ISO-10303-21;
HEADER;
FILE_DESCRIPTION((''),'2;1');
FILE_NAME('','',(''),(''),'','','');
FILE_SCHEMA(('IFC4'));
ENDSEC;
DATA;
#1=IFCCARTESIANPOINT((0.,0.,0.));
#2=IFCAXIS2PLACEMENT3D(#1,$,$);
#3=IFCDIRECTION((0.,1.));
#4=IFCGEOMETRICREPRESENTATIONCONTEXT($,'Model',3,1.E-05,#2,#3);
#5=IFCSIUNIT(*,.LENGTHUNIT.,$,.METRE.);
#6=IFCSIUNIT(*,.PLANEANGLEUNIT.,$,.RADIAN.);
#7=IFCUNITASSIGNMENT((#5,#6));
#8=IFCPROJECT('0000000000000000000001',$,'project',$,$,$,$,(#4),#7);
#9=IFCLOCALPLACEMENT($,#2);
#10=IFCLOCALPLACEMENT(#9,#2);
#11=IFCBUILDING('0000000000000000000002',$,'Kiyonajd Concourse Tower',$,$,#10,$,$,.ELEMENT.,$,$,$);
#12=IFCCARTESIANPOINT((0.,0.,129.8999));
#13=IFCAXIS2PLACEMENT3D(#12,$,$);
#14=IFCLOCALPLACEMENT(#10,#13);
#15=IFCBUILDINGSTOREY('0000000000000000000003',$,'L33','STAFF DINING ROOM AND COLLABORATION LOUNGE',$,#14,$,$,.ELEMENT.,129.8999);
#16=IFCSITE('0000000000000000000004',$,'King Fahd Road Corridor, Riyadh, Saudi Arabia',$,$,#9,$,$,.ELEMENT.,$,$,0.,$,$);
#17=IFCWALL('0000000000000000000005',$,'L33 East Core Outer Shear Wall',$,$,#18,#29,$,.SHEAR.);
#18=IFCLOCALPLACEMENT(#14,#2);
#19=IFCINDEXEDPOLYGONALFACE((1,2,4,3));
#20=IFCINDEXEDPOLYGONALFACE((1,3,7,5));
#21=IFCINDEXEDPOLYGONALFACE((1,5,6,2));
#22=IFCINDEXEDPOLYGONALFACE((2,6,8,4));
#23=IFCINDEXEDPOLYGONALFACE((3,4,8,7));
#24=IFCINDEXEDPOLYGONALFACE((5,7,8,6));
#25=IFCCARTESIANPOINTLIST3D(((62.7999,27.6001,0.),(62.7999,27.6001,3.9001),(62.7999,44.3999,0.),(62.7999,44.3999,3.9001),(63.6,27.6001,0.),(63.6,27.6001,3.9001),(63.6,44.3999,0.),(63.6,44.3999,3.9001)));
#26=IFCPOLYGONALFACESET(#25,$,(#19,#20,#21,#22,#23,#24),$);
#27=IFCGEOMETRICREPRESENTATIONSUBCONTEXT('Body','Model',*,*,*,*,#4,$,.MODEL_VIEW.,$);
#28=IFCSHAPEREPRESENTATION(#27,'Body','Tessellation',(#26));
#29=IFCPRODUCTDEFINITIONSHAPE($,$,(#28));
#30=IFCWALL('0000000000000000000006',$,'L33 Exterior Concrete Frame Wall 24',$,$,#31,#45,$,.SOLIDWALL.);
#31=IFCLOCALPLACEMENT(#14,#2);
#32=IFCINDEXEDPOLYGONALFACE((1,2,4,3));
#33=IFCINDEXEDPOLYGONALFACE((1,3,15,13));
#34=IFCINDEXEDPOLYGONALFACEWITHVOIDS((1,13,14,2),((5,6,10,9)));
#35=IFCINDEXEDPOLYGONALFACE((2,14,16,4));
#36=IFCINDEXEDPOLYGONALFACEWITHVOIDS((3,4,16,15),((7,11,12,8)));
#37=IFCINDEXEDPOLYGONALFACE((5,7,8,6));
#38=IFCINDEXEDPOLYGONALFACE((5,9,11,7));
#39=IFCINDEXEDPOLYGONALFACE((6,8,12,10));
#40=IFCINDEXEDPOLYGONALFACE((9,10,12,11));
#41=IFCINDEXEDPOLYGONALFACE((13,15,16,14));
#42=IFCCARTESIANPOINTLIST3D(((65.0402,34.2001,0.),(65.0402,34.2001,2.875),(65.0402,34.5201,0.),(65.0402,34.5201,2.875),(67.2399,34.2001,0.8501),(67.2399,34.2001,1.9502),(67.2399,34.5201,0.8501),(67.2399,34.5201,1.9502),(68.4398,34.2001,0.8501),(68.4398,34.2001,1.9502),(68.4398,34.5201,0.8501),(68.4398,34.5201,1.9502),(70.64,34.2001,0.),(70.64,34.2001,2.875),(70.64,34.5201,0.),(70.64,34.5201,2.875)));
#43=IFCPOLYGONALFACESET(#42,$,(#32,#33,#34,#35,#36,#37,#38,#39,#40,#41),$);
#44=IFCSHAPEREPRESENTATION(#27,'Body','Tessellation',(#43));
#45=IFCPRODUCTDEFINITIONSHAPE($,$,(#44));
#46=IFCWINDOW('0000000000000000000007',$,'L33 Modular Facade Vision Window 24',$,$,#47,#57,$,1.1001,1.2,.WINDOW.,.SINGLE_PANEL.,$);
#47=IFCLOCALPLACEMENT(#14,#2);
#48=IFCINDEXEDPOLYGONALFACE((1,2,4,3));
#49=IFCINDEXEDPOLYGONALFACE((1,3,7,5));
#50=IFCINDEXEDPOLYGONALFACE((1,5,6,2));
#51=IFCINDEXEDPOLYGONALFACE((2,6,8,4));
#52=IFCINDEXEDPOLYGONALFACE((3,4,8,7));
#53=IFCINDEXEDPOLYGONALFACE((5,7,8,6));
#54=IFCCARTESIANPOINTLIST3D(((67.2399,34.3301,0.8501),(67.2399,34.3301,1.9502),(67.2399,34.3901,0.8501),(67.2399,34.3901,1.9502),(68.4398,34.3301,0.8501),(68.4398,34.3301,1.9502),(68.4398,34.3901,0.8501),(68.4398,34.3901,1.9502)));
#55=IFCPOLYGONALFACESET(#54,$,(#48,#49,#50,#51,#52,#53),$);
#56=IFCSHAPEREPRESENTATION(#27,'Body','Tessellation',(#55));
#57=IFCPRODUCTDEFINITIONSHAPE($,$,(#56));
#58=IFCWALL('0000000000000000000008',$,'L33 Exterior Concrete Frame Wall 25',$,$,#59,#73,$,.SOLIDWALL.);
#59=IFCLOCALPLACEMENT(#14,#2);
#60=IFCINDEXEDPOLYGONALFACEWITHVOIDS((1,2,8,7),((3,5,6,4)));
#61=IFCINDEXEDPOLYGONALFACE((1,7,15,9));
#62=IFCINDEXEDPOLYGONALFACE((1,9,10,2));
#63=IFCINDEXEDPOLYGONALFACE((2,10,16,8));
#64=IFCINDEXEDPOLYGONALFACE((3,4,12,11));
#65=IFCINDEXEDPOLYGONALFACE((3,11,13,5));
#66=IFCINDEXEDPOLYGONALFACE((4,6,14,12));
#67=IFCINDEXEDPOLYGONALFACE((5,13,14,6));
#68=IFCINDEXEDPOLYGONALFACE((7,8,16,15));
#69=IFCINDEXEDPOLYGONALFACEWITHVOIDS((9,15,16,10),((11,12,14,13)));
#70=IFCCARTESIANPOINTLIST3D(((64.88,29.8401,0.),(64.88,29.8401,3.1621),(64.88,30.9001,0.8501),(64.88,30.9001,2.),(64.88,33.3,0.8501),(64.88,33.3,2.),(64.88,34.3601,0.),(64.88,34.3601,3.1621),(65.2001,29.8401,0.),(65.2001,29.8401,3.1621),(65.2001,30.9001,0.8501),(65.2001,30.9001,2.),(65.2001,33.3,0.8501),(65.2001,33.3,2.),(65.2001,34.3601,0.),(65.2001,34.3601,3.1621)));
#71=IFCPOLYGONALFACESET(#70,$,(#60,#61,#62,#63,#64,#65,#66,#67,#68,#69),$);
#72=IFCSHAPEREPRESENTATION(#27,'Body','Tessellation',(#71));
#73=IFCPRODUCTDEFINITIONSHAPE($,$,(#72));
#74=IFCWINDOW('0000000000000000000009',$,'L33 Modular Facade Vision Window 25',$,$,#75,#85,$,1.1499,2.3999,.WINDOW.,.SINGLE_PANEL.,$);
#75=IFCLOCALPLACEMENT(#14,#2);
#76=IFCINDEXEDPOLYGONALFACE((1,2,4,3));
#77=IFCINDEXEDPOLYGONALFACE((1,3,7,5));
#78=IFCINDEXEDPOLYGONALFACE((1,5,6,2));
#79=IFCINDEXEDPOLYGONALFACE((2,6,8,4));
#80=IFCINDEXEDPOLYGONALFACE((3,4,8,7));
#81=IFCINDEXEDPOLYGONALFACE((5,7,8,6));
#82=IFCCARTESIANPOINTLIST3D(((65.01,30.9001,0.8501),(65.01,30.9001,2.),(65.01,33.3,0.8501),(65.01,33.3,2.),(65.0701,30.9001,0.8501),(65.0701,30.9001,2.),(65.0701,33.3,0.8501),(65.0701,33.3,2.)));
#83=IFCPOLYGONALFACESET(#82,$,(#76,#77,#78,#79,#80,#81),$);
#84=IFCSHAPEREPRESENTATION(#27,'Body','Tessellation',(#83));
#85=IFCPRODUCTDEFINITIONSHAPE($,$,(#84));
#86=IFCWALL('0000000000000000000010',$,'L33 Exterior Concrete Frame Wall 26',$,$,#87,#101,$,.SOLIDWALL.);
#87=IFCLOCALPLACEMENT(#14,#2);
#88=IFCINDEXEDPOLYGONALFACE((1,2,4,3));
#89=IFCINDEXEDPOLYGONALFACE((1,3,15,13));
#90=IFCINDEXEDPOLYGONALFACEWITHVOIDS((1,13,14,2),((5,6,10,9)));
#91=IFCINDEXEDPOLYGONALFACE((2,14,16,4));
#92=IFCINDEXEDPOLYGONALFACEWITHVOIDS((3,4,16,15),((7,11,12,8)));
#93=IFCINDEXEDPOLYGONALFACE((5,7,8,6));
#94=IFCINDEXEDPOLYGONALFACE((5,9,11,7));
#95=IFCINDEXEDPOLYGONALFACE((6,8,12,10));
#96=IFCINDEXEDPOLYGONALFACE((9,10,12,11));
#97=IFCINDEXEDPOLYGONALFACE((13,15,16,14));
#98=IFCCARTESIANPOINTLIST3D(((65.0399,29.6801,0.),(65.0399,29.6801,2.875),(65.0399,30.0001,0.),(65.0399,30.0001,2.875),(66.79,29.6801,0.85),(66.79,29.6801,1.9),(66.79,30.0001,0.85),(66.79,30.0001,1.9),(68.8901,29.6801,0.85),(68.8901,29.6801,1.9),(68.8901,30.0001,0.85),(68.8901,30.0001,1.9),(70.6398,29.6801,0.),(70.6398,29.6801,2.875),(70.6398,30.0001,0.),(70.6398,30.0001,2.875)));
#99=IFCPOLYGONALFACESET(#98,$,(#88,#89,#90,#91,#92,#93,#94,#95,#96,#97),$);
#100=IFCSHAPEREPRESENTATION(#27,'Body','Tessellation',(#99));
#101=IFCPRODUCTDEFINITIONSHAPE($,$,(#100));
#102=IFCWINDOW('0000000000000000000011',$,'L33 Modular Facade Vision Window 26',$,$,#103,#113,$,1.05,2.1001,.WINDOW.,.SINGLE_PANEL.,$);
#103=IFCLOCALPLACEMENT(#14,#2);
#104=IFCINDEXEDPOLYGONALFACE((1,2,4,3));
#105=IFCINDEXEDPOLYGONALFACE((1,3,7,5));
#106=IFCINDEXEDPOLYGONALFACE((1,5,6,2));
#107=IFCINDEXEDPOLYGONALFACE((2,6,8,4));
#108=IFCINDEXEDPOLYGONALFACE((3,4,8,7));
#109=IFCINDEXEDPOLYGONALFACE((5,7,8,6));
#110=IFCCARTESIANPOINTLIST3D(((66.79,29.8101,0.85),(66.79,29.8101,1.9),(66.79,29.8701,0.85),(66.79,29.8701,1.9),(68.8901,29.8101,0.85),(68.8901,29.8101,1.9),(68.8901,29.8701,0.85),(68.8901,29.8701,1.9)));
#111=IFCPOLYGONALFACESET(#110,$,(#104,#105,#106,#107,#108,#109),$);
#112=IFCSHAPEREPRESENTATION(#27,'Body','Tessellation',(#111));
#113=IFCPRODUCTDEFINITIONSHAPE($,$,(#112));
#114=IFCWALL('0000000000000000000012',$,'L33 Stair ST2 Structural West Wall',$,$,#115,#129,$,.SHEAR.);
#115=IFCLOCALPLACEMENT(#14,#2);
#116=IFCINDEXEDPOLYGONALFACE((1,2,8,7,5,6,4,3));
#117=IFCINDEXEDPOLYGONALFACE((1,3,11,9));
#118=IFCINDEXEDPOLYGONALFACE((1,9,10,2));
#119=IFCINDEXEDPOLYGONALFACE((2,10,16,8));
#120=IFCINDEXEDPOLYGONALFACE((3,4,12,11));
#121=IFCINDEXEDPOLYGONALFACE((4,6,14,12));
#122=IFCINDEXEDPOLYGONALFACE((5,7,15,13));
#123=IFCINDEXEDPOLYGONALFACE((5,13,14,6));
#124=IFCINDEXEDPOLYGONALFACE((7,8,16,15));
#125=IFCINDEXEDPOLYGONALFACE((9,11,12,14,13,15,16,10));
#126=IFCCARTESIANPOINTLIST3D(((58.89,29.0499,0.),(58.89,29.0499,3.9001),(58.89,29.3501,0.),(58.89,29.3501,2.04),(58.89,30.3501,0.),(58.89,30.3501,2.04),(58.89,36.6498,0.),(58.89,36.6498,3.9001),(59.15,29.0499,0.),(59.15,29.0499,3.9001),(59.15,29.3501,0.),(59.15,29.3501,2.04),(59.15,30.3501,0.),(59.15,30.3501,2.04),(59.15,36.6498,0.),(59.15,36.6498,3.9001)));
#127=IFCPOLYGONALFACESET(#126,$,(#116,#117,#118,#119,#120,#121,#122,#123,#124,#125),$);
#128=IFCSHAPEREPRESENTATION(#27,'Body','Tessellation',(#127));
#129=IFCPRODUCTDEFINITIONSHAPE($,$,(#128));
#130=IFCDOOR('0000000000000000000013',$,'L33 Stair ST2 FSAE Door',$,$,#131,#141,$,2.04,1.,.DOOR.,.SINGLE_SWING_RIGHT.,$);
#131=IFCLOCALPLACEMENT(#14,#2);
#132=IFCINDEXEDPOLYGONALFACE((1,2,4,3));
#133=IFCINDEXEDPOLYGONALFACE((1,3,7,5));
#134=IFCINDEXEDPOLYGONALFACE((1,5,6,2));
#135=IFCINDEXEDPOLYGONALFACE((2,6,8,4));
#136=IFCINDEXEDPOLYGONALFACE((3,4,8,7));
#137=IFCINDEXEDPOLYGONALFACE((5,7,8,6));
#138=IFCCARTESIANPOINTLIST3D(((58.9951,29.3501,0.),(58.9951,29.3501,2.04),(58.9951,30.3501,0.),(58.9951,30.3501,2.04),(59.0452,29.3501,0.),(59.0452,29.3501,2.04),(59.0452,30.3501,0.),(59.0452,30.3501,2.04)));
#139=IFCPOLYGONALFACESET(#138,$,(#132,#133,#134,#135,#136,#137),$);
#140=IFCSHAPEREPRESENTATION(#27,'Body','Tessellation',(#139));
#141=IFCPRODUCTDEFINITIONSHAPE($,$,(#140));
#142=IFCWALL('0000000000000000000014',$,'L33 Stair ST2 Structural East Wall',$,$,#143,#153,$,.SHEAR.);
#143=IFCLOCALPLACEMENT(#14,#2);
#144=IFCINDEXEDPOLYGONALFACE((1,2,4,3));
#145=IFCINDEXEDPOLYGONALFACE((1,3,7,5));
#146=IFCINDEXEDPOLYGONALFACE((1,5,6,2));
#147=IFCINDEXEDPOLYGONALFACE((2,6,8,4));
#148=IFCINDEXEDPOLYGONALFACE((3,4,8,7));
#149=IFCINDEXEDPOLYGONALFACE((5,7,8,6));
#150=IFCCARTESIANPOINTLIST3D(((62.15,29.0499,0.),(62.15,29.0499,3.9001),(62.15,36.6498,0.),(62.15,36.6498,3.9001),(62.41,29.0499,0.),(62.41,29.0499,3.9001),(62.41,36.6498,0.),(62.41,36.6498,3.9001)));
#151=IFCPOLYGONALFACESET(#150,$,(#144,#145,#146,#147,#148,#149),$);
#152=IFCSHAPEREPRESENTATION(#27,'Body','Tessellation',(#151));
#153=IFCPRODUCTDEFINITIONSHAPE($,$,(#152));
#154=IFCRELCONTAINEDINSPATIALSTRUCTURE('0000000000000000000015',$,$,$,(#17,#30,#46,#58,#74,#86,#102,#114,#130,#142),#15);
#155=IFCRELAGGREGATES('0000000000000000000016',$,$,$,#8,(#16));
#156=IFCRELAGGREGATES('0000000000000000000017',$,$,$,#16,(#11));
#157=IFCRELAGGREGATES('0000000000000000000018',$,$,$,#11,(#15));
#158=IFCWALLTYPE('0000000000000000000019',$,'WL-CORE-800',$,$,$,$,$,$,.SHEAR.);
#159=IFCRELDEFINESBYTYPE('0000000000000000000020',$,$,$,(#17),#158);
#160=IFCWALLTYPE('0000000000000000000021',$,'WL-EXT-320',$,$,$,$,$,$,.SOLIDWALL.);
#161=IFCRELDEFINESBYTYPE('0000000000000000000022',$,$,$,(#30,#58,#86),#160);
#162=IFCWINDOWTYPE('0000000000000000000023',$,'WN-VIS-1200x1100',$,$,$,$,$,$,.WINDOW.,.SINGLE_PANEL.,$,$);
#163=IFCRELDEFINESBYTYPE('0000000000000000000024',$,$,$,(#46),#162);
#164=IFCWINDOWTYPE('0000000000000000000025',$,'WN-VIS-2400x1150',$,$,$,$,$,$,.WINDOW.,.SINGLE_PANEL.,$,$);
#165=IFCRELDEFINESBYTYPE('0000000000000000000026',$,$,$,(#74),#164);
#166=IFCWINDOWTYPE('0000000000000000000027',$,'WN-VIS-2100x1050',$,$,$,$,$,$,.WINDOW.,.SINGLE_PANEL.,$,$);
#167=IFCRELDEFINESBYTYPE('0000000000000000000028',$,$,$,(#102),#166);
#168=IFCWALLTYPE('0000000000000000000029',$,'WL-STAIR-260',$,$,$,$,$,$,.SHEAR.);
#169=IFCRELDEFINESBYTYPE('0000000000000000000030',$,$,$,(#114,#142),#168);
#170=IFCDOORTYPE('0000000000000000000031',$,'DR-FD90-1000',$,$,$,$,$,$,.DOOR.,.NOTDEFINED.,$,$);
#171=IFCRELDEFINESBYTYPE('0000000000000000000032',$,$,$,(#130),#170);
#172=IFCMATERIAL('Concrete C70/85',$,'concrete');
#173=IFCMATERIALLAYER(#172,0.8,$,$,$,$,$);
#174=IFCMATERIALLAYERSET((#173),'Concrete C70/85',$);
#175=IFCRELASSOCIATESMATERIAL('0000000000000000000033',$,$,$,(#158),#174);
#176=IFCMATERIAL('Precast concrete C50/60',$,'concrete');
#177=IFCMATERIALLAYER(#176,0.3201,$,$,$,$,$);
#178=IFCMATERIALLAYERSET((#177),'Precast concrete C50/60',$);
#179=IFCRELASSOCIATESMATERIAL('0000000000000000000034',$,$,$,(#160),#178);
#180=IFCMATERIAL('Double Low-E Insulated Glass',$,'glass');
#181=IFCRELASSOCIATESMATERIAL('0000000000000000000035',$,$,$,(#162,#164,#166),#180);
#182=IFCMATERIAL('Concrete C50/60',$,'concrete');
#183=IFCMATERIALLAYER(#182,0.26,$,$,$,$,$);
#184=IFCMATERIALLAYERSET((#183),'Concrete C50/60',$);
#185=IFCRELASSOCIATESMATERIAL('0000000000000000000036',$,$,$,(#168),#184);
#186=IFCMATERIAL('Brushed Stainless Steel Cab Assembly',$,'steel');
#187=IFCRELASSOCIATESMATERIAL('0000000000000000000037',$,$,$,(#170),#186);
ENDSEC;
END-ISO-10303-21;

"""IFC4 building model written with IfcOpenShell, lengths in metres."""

from ifc_helpers import new_model, si_unit, direction, frame, frame_2d, origin, place, context, subcontext, project, spatial, rectangle, extrude, material, layer, layer_set, type_object, element, fill, save


model = new_model("IFC4")

# Units and contexts
model_context = context("Model", 3, precision=1e-05, world=origin(), true_north=direction((0.0, 1.0)))
body_context = subcontext(model_context, "Body", "Model", "MODEL_VIEW")
ifc_project = project(units=[si_unit("LENGTHUNIT", "METRE"), si_unit("PLANEANGLEUNIT", "RADIAN")], contexts=[model_context])

# Site, building, storey
site_placement = place(None, origin())
site = spatial("IfcSite", under=ifc_project, at=site_placement, Name="King Fahd Road Corridor, Riyadh, Saudi Arabia", CompositionType="ELEMENT", RefElevation=0.0)
building_placement = place(site_placement, origin())
building = spatial("IfcBuilding", under=site, at=building_placement, Name="Kiyonajd Concourse Tower", CompositionType="ELEMENT")
storey_placement = place(building_placement, frame((0.0, 0.0, 129.8999)))
storey = spatial("IfcBuildingStorey", under=building, at=storey_placement, Name="L33", Description="STAFF DINING ROOM AND COLLABORATION LOUNGE", CompositionType="ELEMENT", Elevation=129.8999)

# Shared definitions
ifc_material_1 = material(Name="Concrete C70/85", Category="concrete")

# Shared definitions
ifc_material_2 = material(Name="Precast concrete C50/60", Category="concrete")

# Shared definitions
ifc_material_3 = material(Name="Double Low-E Insulated Glass", Category="glass")

# Wall
ifc_layer_1 = layer(ifc_material_1, 0.8)
ifc_layer_set_1 = layer_set([ifc_layer_1], Name="Concrete C70/85")
wall_type_1 = type_object("IfcWallType", Name="WL-CORE-800", PredefinedType="SHEAR", material=ifc_layer_set_1)
wall_1_placement = place(storey_placement, frame((63.2, 27.6001, 0.0), z_axis=(0.0, 0.0, 1.0), x_axis=(0.0, 1.0, 0.0)))
element("IfcWall", 1, at=wall_1_placement, inside=storey, type_object=wall_type_1, Name="L33 East Core Outer Shear Wall", PredefinedType="SHEAR", context=body_context, shape_type="SweptSolid", body=[
    extrude(rectangle(XDim=16.7998, YDim=0.8, at=frame_2d((8.3999, 0.0))), origin(), (0.0, 0.0, 1.0), 3.9001),
])

# Walls, openings, windows
ifc_layer_2 = layer(ifc_material_2, 0.3201)
ifc_layer_set_2 = layer_set([ifc_layer_2], Name="Precast concrete C50/60")
wall_type_2 = type_object("IfcWallType", Name="WL-EXT-320", PredefinedType="SOLIDWALL", material=ifc_layer_set_2)
wall_2_placement = place(storey_placement, frame((70.6399, 34.3601, 0.0), z_axis=(0.0, 0.0, 1.0), x_axis=(-1.0, 0.0, 0.0)))
wall_2 = element("IfcWall", 2, at=wall_2_placement, inside=storey, type_object=wall_type_2, Name="L33 Exterior Concrete Frame Wall 24", PredefinedType="SOLIDWALL", context=body_context, shape_type="SweptSolid", body=[
    extrude(rectangle(XDim=5.5999, YDim=0.3201, at=frame_2d((2.7998, 0.0))), origin(), (0.0, 0.0, 1.0), 2.875),
])
opening_1_placement = place(wall_2_placement, frame((2.2, 0.0, 0.8501)))
opening_1 = element("IfcOpeningElement", 3, at=opening_1_placement, cuts=wall_2, PredefinedType="OPENING", context=body_context, shape_type="SweptSolid", body=[
    extrude(rectangle(XDim=1.2, YDim=1.1001, at=frame_2d((0.6001, 0.55))), frame((0.0, 0.1699, 0.0), z_axis=(0.0, -1.0, 0.0), x_axis=(1.0, 0.0, 0.0)), (0.0, 0.0, 1.0), 0.3401),
])
window_type_1 = type_object("IfcWindowType", Name="WN-VIS-1200x1100", PartitioningType="SINGLE_PANEL", PredefinedType="WINDOW", material=ifc_material_3)
window_1_placement = place(opening_1_placement, origin())
window_1 = element("IfcWindow", 4, at=window_1_placement, inside=storey, type_object=window_type_1, Name="L33 Modular Facade Vision Window 24", OverallHeight=1.1001, OverallWidth=1.2, PartitioningType="SINGLE_PANEL", PredefinedType="WINDOW", context=body_context, shape_type="SweptSolid", body=[
    extrude(rectangle(XDim=1.2, YDim=1.1001, at=frame_2d((0.6001, 0.55))), frame((0.0, 0.03, 0.0), z_axis=(0.0, -1.0, 0.0), x_axis=(1.0, 0.0, 0.0)), (0.0, 0.0, 1.0), 0.0601),
])
fill(opening_1, window_1)
wall_3_placement = place(storey_placement, frame((65.04, 34.3601, 0.0), z_axis=(0.0, 0.0, 1.0), x_axis=(0.0, -1.0, 0.0)))
wall_3 = element("IfcWall", 5, at=wall_3_placement, inside=storey, type_object=wall_type_2, Name="L33 Exterior Concrete Frame Wall 25", PredefinedType="SOLIDWALL", context=body_context, shape_type="SweptSolid", body=[
    extrude(rectangle(XDim=4.52, YDim=0.3201, at=frame_2d((2.26, 0.0))), origin(), (0.0, 0.0, 1.0), 3.1621),
])
opening_2_placement = place(wall_3_placement, frame((1.0601, 0.0, 0.8501)))
opening_2 = element("IfcOpeningElement", 6, at=opening_2_placement, cuts=wall_3, PredefinedType="OPENING", context=body_context, shape_type="SweptSolid", body=[
    extrude(rectangle(XDim=2.3999, YDim=1.1499, at=frame_2d((1.2, 0.575))), frame((0.0, 0.1699, 0.0), z_axis=(0.0, -1.0, 0.0), x_axis=(1.0, 0.0, 0.0)), (0.0, 0.0, 1.0), 0.3401),
])
window_type_2 = type_object("IfcWindowType", Name="WN-VIS-2400x1150", PartitioningType="SINGLE_PANEL", PredefinedType="WINDOW", material=ifc_material_3)
window_2_placement = place(opening_2_placement, origin())
window_2 = element("IfcWindow", 7, at=window_2_placement, inside=storey, type_object=window_type_2, Name="L33 Modular Facade Vision Window 25", OverallHeight=1.1499, OverallWidth=2.3999, PartitioningType="SINGLE_PANEL", PredefinedType="WINDOW", context=body_context, shape_type="SweptSolid", body=[
    extrude(rectangle(XDim=2.3999, YDim=1.1499, at=frame_2d((1.2, 0.575))), frame((0.0, 0.03, 0.0), z_axis=(0.0, -1.0, 0.0), x_axis=(1.0, 0.0, 0.0)), (0.0, 0.0, 1.0), 0.0601),
])
fill(opening_2, window_2)
wall_4_placement = place(storey_placement, frame((65.04, 29.8401, 0.0), z_axis=(0.0, 0.0, 1.0), x_axis=(1.0, 0.0, 0.0)))
wall_4 = element("IfcWall", 8, at=wall_4_placement, inside=storey, type_object=wall_type_2, Name="L33 Exterior Concrete Frame Wall 26", PredefinedType="SOLIDWALL", context=body_context, shape_type="SweptSolid", body=[
    extrude(rectangle(XDim=5.5999, YDim=0.3201, at=frame_2d((2.7998, 0.0))), origin(), (0.0, 0.0, 1.0), 2.875),
])
opening_3_placement = place(wall_4_placement, frame((1.75, 0.0, 0.8501)))
opening_3 = element("IfcOpeningElement", 9, at=opening_3_placement, cuts=wall_4, PredefinedType="OPENING", context=body_context, shape_type="SweptSolid", body=[
    extrude(rectangle(XDim=2.1001, YDim=1.05, at=frame_2d((1.05, 0.5249))), frame((0.0, 0.1699, 0.0), z_axis=(0.0, -1.0, 0.0), x_axis=(1.0, 0.0, 0.0)), (0.0, 0.0, 1.0), 0.3401),
])
window_type_3 = type_object("IfcWindowType", Name="WN-VIS-2100x1050", PartitioningType="SINGLE_PANEL", PredefinedType="WINDOW", material=ifc_material_3)
window_3_placement = place(opening_3_placement, origin())
window_3 = element("IfcWindow", 10, at=window_3_placement, inside=storey, type_object=window_type_3, Name="L33 Modular Facade Vision Window 26", OverallHeight=1.05, OverallWidth=2.1001, PartitioningType="SINGLE_PANEL", PredefinedType="WINDOW", context=body_context, shape_type="SweptSolid", body=[
    extrude(rectangle(XDim=2.1001, YDim=1.05, at=frame_2d((1.05, 0.5249))), frame((0.0, 0.03, 0.0), z_axis=(0.0, -1.0, 0.0), x_axis=(1.0, 0.0, 0.0)), (0.0, 0.0, 1.0), 0.0601),
])
fill(opening_3, window_3)

# Wall, opening, door
ifc_material_4 = material(Name="Concrete C50/60", Category="concrete")
ifc_layer_3 = layer(ifc_material_4, 0.26)
ifc_layer_set_3 = layer_set([ifc_layer_3], Name="Concrete C50/60")
wall_type_3 = type_object("IfcWallType", Name="WL-STAIR-260", PredefinedType="SHEAR", material=ifc_layer_set_3)
wall_5_placement = place(storey_placement, frame((59.02, 29.05, 0.0), z_axis=(0.0, 0.0, 1.0), x_axis=(0.0, 1.0, 0.0)))
wall_5 = element("IfcWall", 11, at=wall_5_placement, inside=storey, type_object=wall_type_3, Name="L33 Stair ST2 Structural West Wall", PredefinedType="SHEAR", context=body_context, shape_type="SweptSolid", body=[
    extrude(rectangle(XDim=7.5999, YDim=0.26, at=frame_2d((3.7998, 0.0))), origin(), (0.0, 0.0, 1.0), 3.9001),
])
opening_4_placement = place(wall_5_placement, frame((0.3, 0.0, 0.0)))
opening_4 = element("IfcOpeningElement", 12, at=opening_4_placement, cuts=wall_5, PredefinedType="OPENING", context=body_context, shape_type="SweptSolid", body=[
    extrude(rectangle(XDim=1.0, YDim=2.04, at=frame_2d((0.5, 1.02))), frame((0.0, 0.1399, 0.0), z_axis=(0.0, -1.0, 0.0), x_axis=(1.0, 0.0, 0.0)), (0.0, 0.0, 1.0), 0.28),
])
ifc_material_5 = material(Name="Brushed Stainless Steel Cab Assembly", Category="steel")
door_type = type_object("IfcDoorType", Name="DR-FD90-1000", OperationType="NOTDEFINED", PredefinedType="DOOR", material=ifc_material_5)
door_placement = place(opening_4_placement, origin())
door = element("IfcDoor", 13, at=door_placement, inside=storey, type_object=door_type, Name="L33 Stair ST2 FSAE Door", OperationType="SINGLE_SWING_RIGHT", OverallHeight=2.04, OverallWidth=1.0, PredefinedType="DOOR", context=body_context, shape_type="SweptSolid", body=[
    extrude(rectangle(XDim=1.0, YDim=2.04, at=frame_2d((0.5, 1.02))), frame((0.0, 0.0249, 0.0), z_axis=(0.0, -1.0, 0.0), x_axis=(1.0, 0.0, 0.0)), (0.0, 0.0, 1.0), 0.05),
])
fill(opening_4, door)

# Wall
wall_6_placement = place(storey_placement, frame((62.28, 29.05, 0.0), z_axis=(0.0, 0.0, 1.0), x_axis=(0.0, 1.0, 0.0)))
element("IfcWall", 14, at=wall_6_placement, inside=storey, type_object=wall_type_3, Name="L33 Stair ST2 Structural East Wall", PredefinedType="SHEAR", context=body_context, shape_type="SweptSolid", body=[
    extrude(rectangle(XDim=7.5999, YDim=0.26, at=frame_2d((3.7998, 0.0))), origin(), (0.0, 0.0, 1.0), 3.9001),
])

save(model, "model.ifc")
